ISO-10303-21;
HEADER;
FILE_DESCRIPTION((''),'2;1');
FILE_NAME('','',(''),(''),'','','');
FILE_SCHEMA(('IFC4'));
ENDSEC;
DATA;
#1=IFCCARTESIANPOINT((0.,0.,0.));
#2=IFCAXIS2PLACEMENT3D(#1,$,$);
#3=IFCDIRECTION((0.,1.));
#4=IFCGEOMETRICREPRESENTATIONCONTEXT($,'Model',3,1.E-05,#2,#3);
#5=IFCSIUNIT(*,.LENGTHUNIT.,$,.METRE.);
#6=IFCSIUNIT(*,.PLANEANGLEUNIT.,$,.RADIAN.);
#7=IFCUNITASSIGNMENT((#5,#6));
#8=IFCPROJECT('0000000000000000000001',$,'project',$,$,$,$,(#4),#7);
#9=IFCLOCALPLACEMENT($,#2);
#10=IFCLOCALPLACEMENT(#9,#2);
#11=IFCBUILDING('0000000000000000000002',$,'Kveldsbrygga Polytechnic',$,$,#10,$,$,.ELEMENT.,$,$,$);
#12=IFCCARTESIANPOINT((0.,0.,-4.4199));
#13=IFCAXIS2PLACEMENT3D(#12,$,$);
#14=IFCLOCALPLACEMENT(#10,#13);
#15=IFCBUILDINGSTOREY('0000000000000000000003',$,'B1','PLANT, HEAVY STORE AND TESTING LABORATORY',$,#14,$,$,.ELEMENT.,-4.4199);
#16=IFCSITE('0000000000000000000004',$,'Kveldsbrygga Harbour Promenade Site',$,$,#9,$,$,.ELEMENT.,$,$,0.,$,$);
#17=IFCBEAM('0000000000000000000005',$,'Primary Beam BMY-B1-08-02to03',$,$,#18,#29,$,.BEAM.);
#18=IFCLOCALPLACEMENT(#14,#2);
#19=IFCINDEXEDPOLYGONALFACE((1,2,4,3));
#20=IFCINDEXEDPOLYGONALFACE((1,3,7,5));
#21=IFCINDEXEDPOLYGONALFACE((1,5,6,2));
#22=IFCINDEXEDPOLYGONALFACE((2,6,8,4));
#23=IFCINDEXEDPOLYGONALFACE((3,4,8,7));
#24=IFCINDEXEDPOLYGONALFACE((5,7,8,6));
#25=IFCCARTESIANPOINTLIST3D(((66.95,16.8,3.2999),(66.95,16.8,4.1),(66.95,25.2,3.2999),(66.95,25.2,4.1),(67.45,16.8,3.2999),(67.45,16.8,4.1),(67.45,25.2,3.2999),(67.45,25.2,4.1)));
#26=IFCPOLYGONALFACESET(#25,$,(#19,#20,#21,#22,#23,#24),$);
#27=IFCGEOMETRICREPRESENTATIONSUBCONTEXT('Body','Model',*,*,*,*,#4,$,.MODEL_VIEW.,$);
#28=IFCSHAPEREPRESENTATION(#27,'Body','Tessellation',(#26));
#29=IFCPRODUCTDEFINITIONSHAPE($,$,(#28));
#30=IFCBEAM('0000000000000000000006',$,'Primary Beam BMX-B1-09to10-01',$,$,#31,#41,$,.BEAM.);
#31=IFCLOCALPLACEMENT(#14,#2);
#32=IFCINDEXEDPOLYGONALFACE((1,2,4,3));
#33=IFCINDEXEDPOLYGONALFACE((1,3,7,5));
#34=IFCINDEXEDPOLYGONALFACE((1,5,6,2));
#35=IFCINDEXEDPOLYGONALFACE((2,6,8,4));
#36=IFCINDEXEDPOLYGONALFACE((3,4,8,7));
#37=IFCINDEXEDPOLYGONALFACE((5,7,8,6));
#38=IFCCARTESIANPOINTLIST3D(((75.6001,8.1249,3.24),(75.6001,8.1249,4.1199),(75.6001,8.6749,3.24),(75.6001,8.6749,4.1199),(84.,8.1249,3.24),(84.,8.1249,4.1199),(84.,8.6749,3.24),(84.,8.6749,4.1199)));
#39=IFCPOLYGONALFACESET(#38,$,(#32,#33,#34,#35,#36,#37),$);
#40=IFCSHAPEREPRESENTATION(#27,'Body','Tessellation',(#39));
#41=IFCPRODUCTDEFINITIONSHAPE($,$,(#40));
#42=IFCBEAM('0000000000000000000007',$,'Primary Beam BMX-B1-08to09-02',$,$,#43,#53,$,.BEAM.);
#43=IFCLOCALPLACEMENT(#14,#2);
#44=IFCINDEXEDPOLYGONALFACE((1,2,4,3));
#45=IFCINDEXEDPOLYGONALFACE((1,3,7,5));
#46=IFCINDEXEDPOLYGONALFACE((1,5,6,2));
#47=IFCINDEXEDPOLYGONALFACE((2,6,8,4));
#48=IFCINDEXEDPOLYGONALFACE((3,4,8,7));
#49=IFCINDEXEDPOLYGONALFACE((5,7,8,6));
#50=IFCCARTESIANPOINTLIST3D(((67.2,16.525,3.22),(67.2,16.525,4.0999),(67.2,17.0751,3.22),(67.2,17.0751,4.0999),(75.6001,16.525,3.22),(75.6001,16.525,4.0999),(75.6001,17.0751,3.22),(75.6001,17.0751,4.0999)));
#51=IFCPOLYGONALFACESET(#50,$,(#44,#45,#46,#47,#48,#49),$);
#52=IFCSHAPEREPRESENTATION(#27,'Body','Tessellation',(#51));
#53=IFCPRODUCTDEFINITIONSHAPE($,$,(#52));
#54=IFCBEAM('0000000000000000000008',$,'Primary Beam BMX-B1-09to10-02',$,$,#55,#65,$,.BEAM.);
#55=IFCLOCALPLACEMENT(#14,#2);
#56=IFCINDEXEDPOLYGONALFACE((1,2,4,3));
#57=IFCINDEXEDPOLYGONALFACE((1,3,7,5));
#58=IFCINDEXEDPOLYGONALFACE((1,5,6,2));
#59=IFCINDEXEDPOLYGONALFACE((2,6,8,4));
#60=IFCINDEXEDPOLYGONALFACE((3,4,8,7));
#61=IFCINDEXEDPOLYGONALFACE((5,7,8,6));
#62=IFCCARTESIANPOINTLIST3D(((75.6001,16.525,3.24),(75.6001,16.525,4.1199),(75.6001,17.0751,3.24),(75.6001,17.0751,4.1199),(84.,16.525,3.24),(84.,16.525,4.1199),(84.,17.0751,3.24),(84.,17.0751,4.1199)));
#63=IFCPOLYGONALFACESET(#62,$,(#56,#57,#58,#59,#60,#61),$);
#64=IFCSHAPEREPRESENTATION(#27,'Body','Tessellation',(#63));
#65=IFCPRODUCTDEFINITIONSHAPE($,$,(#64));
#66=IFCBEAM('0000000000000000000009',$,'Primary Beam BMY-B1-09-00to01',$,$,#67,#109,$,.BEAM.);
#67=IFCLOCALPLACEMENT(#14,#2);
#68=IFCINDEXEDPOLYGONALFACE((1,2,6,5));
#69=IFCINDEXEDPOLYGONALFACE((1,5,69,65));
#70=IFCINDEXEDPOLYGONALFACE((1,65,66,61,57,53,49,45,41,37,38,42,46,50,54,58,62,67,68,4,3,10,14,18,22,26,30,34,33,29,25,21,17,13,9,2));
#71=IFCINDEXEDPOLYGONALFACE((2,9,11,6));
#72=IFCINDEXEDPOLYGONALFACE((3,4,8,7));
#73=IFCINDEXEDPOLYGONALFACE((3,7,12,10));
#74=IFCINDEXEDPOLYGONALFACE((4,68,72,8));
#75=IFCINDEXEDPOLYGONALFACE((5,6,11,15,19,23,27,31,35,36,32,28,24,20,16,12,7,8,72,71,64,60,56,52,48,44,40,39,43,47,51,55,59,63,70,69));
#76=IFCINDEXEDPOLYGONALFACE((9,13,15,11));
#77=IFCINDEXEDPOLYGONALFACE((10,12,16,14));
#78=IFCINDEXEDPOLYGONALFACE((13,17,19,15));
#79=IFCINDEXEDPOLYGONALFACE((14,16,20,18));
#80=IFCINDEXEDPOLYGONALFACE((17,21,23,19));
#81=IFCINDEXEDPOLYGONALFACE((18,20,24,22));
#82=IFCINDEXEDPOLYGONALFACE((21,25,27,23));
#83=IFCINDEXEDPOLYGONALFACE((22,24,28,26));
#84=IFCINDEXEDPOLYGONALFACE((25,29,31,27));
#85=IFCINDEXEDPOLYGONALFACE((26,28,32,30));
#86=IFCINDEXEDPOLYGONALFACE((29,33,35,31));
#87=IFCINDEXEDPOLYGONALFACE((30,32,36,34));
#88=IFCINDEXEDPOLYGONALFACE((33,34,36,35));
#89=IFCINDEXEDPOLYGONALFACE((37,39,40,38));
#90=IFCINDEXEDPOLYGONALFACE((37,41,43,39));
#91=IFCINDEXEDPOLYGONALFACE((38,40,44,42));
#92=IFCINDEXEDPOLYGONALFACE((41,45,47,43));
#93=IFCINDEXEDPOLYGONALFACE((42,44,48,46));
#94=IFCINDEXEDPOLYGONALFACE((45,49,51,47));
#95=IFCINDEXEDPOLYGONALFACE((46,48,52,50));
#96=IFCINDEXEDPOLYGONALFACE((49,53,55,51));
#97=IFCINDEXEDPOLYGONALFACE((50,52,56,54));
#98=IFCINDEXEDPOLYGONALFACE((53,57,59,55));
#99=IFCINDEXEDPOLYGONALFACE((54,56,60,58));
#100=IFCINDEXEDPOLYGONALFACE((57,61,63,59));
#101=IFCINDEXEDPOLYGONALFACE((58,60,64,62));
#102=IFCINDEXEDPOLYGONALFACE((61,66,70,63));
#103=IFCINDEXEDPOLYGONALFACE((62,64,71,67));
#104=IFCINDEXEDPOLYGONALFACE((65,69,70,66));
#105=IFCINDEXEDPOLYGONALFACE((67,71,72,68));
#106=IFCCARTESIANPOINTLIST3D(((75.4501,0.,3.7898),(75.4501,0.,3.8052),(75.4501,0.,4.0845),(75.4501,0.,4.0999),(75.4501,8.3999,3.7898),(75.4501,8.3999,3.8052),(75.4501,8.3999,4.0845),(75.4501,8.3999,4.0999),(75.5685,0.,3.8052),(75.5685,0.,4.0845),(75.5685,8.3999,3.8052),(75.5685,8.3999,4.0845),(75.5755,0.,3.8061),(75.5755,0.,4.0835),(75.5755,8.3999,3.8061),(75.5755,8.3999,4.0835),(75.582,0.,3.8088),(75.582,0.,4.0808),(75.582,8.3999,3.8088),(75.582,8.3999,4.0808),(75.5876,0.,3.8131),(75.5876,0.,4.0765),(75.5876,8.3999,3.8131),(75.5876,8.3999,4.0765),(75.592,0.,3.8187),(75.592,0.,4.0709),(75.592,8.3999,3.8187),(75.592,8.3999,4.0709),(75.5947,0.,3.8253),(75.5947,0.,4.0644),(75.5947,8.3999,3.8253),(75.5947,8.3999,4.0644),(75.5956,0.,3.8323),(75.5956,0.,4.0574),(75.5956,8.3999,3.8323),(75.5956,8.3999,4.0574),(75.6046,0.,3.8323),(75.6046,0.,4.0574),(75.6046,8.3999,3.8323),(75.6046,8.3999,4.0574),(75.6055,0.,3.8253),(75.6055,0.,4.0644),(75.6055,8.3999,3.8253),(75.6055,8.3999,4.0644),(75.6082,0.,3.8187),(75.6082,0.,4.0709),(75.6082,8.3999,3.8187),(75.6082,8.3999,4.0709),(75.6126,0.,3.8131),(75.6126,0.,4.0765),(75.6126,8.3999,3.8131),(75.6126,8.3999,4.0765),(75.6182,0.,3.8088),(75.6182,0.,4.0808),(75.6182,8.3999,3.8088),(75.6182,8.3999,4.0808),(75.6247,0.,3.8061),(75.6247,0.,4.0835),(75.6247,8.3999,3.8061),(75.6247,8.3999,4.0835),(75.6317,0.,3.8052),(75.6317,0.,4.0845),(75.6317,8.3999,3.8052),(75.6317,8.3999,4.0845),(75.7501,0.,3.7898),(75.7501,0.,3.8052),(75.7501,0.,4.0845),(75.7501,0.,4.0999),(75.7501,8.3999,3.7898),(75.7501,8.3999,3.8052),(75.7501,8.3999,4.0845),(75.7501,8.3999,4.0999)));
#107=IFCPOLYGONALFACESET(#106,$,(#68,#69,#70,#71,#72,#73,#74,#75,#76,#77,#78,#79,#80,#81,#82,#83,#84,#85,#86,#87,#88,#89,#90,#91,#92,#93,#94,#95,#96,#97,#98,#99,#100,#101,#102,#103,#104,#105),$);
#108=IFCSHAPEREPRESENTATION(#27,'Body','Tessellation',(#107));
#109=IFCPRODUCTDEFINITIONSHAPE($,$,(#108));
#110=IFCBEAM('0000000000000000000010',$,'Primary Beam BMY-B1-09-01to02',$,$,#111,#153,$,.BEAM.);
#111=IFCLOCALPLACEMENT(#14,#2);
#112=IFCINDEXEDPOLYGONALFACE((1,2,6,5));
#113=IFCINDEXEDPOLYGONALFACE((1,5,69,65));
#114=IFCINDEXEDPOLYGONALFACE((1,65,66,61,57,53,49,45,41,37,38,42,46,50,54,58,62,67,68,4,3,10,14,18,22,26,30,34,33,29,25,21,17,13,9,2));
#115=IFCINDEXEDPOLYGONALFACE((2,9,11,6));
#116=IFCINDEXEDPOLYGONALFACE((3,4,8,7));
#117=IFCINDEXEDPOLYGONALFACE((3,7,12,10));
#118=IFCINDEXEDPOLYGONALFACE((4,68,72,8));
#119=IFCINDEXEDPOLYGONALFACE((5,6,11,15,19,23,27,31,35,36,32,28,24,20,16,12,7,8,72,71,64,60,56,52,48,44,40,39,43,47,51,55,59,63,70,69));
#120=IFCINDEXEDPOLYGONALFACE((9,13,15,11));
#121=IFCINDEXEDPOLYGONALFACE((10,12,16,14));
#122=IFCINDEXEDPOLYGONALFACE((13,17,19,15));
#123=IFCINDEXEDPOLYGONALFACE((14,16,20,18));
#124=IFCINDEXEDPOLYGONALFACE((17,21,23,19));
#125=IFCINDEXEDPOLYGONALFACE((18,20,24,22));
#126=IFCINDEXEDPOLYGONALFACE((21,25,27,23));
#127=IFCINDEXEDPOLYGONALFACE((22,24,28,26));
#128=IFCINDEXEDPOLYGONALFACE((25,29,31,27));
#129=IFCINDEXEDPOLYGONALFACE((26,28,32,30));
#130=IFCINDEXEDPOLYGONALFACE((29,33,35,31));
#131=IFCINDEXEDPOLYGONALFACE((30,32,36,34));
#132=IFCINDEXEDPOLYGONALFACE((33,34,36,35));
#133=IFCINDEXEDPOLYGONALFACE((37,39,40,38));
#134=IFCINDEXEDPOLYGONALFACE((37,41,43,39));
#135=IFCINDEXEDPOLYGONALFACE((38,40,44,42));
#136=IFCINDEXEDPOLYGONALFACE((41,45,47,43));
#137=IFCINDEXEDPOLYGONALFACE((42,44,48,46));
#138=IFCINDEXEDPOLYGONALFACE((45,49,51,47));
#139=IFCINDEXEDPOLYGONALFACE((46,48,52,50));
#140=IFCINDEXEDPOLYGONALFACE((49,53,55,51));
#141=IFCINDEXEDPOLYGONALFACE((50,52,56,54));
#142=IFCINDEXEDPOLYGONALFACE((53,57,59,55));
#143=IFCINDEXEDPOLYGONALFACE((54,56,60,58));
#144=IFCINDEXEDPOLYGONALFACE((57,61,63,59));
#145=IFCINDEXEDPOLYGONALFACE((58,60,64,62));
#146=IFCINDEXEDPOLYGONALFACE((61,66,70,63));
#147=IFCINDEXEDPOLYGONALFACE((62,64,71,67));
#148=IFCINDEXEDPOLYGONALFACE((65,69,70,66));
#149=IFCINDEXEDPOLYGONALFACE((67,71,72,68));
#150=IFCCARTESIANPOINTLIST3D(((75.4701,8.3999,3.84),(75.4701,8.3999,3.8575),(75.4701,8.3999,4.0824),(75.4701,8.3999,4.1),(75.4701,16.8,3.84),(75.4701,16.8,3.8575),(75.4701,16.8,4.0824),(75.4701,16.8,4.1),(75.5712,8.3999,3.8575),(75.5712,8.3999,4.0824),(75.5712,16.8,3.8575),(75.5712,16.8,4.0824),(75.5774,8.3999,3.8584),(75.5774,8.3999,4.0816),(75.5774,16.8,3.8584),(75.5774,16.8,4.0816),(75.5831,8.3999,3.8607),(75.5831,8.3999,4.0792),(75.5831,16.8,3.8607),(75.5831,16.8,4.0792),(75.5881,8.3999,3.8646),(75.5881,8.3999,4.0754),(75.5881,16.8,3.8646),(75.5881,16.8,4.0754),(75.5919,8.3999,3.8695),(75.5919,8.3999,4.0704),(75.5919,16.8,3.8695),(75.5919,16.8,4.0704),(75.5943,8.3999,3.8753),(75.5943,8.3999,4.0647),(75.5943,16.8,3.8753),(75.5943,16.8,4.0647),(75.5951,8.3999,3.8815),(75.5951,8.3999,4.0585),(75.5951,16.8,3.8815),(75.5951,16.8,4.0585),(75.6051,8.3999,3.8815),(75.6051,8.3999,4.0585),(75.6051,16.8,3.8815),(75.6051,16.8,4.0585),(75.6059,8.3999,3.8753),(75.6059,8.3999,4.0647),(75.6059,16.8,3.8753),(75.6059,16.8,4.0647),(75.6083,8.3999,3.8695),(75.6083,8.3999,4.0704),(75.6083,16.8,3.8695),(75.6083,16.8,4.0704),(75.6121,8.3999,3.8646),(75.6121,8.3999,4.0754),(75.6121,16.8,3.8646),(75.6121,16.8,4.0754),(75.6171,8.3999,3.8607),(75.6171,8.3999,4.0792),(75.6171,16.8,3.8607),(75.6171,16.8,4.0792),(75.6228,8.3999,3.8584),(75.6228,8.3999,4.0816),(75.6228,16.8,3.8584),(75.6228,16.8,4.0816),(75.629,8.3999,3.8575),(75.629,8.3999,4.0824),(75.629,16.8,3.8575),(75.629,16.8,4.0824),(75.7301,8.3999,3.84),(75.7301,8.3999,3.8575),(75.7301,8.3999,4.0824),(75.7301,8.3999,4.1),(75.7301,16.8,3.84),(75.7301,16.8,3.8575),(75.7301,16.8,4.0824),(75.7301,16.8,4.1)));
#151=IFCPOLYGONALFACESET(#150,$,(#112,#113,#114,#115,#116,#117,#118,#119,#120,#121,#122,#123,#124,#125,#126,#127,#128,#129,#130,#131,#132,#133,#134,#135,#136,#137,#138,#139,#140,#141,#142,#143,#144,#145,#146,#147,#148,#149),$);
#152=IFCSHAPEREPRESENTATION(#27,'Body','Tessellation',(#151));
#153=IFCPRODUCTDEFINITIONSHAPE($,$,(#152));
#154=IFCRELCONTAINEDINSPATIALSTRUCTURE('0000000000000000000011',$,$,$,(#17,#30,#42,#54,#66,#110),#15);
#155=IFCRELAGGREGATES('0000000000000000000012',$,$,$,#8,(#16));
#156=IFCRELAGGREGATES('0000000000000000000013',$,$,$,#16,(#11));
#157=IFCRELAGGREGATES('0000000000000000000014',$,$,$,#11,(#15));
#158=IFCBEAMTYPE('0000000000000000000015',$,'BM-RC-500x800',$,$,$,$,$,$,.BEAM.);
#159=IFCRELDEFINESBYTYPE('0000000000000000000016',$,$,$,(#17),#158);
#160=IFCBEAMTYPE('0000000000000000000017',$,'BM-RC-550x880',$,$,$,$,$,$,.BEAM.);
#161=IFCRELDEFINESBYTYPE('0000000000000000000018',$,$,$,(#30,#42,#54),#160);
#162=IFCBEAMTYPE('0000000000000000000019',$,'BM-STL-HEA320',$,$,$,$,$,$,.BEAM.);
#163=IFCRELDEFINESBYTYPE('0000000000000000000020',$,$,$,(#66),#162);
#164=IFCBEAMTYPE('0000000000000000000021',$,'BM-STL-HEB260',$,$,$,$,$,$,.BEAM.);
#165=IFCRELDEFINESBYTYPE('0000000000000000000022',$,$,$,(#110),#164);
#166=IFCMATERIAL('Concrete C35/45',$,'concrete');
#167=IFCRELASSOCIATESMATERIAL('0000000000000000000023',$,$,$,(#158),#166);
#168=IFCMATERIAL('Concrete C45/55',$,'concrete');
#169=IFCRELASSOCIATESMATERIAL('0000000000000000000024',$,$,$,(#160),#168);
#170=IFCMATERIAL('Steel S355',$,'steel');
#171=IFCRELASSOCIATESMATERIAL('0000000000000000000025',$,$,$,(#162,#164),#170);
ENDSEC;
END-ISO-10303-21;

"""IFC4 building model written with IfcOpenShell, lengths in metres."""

from ifc_helpers import new_model, si_unit, direction, frame, origin, origin_2d, place, context, subcontext, project, spatial, rectangle, i_section, extrude, material, material_profile, profile_set, type_object, element, save


model = new_model("IFC4")

# Units and contexts
model_context = context("Model", 3, precision=1e-05, world=origin(), true_north=direction((0.0, 1.0)))
body_context = subcontext(model_context, "Body", "Model", "MODEL_VIEW")
ifc_project = project(units=[si_unit("LENGTHUNIT", "METRE"), si_unit("PLANEANGLEUNIT", "RADIAN")], contexts=[model_context])

# Site, building, storey
site_placement = place(None, origin())
site = spatial("IfcSite", under=ifc_project, at=site_placement, Name="Kveldsbrygga Harbour Promenade Site", CompositionType="ELEMENT", RefElevation=0.0)
building_placement = place(site_placement, origin())
building = spatial("IfcBuilding", under=site, at=building_placement, Name="Kveldsbrygga Polytechnic", CompositionType="ELEMENT")
storey_placement = place(building_placement, frame((0.0, 0.0, -4.4199)))
storey = spatial("IfcBuildingStorey", under=building, at=storey_placement, Name="B1", Description="PLANT, HEAVY STORE AND TESTING LABORATORY", CompositionType="ELEMENT", Elevation=-4.4199)

# Shared definitions
ifc_material_1 = material(Name="Concrete C45/55", Category="concrete")

# Beams
ifc_material_2 = material(Name="Concrete C35/45", Category="concrete")
ifc_material_profile_1 = material_profile(ifc_material_2, rectangle(XDim=0.5, YDim=0.8, at=origin_2d()), Name="RC 500x800")
ifc_profile_set_1 = profile_set([ifc_material_profile_1], Name="Concrete C35/45")
beam_type_1 = type_object("IfcBeamType", Name="BM-RC-500x800", PredefinedType="BEAM", material=ifc_profile_set_1)
beam_1_placement = place(storey_placement, frame((67.2, 16.8, 3.7), z_axis=(0.0, 1.0, 0.0), x_axis=(-1.0, 0.0, 0.0)))
element("IfcBeam", 1, at=beam_1_placement, inside=storey, type_object=beam_type_1, Name="Primary Beam BMY-B1-08-02to03", PredefinedType="BEAM", context=body_context, shape_type="SweptSolid", body=[
    extrude(rectangle(XDim=0.5, YDim=0.8, at=origin_2d()), origin(), (0.0, 0.0, 1.0), 8.3999),
])
ifc_material_profile_2 = material_profile(ifc_material_1, rectangle(XDim=0.55, YDim=0.8799, at=origin_2d()), Name="RC 550x880")
ifc_profile_set_2 = profile_set([ifc_material_profile_2], Name="Concrete C45/55")
beam_type_2 = type_object("IfcBeamType", Name="BM-RC-550x880", PredefinedType="BEAM", material=ifc_profile_set_2)
beam_2_placement = place(storey_placement, frame((75.6001, 8.3999, 3.6799), z_axis=(1.0, 0.0, 0.0), x_axis=(0.0, 1.0, 0.0)))
element("IfcBeam", 2, at=beam_2_placement, inside=storey, type_object=beam_type_2, Name="Primary Beam BMX-B1-09to10-01", PredefinedType="BEAM", context=body_context, shape_type="SweptSolid", body=[
    extrude(rectangle(XDim=0.55, YDim=0.8799, at=origin_2d()), origin(), (0.0, 0.0, 1.0), 8.3999),
])
beam_3_placement = place(storey_placement, frame((67.2, 16.8, 3.6599), z_axis=(1.0, 0.0, 0.0), x_axis=(0.0, 1.0, 0.0)))
element("IfcBeam", 3, at=beam_3_placement, inside=storey, type_object=beam_type_2, Name="Primary Beam BMX-B1-08to09-02", PredefinedType="BEAM", context=body_context, shape_type="SweptSolid", body=[
    extrude(rectangle(XDim=0.55, YDim=0.8799, at=origin_2d()), origin(), (0.0, 0.0, 1.0), 8.4001),
])
beam_4_placement = place(storey_placement, frame((75.6001, 16.8, 3.6799), z_axis=(1.0, 0.0, 0.0), x_axis=(0.0, 1.0, 0.0)))
element("IfcBeam", 4, at=beam_4_placement, inside=storey, type_object=beam_type_2, Name="Primary Beam BMX-B1-09to10-02", PredefinedType="BEAM", context=body_context, shape_type="SweptSolid", body=[
    extrude(rectangle(XDim=0.55, YDim=0.8799, at=origin_2d()), origin(), (0.0, 0.0, 1.0), 8.3999),
])
ifc_material_3 = material(Name="Steel S355", Category="steel")
ifc_material_profile_3 = material_profile(ifc_material_3, i_section(OverallWidth=0.3, OverallDepth=0.3101, WebThickness=0.009, FlangeThickness=0.0154, FilletRadius=0.0271, at=origin_2d()), Name="HEA 320")
ifc_profile_set_3 = profile_set([ifc_material_profile_3], Name="Steel S355")
beam_type_3 = type_object("IfcBeamType", Name="BM-STL-HEA320", PredefinedType="BEAM", material=ifc_profile_set_3)
beam_5_placement = place(storey_placement, frame((75.6001, 0.0, 3.9448), z_axis=(0.0, 1.0, 0.0), x_axis=(-1.0, 0.0, 0.0)))
element("IfcBeam", 5, at=beam_5_placement, inside=storey, type_object=beam_type_3, Name="Primary Beam BMY-B1-09-00to01", PredefinedType="BEAM", context=body_context, shape_type="SweptSolid", body=[
    extrude(i_section(OverallWidth=0.3, OverallDepth=0.3101, WebThickness=0.009, FlangeThickness=0.0154, FilletRadius=0.0271, at=origin_2d()), origin(), (0.0, 0.0, 1.0), 8.3999),
])
ifc_material_profile_4 = material_profile(ifc_material_3, i_section(OverallWidth=0.26, OverallDepth=0.26, WebThickness=0.01, FlangeThickness=0.0176, FilletRadius=0.0239, at=origin_2d()), Name="HEB 260")
ifc_profile_set_4 = profile_set([ifc_material_profile_4], Name="Steel S355")
beam_type_4 = type_object("IfcBeamType", Name="BM-STL-HEB260", PredefinedType="BEAM", material=ifc_profile_set_4)
beam_6_placement = place(storey_placement, frame((75.6001, 8.3999, 3.97), z_axis=(0.0, 1.0, 0.0), x_axis=(-1.0, 0.0, 0.0)))
element("IfcBeam", 6, at=beam_6_placement, inside=storey, type_object=beam_type_4, Name="Primary Beam BMY-B1-09-01to02", PredefinedType="BEAM", context=body_context, shape_type="SweptSolid", body=[
    extrude(i_section(OverallWidth=0.26, OverallDepth=0.26, WebThickness=0.01, FlangeThickness=0.0176, FilletRadius=0.0239, at=origin_2d()), origin(), (0.0, 0.0, 1.0), 8.4001),
])

save(model, "model.ifc")
